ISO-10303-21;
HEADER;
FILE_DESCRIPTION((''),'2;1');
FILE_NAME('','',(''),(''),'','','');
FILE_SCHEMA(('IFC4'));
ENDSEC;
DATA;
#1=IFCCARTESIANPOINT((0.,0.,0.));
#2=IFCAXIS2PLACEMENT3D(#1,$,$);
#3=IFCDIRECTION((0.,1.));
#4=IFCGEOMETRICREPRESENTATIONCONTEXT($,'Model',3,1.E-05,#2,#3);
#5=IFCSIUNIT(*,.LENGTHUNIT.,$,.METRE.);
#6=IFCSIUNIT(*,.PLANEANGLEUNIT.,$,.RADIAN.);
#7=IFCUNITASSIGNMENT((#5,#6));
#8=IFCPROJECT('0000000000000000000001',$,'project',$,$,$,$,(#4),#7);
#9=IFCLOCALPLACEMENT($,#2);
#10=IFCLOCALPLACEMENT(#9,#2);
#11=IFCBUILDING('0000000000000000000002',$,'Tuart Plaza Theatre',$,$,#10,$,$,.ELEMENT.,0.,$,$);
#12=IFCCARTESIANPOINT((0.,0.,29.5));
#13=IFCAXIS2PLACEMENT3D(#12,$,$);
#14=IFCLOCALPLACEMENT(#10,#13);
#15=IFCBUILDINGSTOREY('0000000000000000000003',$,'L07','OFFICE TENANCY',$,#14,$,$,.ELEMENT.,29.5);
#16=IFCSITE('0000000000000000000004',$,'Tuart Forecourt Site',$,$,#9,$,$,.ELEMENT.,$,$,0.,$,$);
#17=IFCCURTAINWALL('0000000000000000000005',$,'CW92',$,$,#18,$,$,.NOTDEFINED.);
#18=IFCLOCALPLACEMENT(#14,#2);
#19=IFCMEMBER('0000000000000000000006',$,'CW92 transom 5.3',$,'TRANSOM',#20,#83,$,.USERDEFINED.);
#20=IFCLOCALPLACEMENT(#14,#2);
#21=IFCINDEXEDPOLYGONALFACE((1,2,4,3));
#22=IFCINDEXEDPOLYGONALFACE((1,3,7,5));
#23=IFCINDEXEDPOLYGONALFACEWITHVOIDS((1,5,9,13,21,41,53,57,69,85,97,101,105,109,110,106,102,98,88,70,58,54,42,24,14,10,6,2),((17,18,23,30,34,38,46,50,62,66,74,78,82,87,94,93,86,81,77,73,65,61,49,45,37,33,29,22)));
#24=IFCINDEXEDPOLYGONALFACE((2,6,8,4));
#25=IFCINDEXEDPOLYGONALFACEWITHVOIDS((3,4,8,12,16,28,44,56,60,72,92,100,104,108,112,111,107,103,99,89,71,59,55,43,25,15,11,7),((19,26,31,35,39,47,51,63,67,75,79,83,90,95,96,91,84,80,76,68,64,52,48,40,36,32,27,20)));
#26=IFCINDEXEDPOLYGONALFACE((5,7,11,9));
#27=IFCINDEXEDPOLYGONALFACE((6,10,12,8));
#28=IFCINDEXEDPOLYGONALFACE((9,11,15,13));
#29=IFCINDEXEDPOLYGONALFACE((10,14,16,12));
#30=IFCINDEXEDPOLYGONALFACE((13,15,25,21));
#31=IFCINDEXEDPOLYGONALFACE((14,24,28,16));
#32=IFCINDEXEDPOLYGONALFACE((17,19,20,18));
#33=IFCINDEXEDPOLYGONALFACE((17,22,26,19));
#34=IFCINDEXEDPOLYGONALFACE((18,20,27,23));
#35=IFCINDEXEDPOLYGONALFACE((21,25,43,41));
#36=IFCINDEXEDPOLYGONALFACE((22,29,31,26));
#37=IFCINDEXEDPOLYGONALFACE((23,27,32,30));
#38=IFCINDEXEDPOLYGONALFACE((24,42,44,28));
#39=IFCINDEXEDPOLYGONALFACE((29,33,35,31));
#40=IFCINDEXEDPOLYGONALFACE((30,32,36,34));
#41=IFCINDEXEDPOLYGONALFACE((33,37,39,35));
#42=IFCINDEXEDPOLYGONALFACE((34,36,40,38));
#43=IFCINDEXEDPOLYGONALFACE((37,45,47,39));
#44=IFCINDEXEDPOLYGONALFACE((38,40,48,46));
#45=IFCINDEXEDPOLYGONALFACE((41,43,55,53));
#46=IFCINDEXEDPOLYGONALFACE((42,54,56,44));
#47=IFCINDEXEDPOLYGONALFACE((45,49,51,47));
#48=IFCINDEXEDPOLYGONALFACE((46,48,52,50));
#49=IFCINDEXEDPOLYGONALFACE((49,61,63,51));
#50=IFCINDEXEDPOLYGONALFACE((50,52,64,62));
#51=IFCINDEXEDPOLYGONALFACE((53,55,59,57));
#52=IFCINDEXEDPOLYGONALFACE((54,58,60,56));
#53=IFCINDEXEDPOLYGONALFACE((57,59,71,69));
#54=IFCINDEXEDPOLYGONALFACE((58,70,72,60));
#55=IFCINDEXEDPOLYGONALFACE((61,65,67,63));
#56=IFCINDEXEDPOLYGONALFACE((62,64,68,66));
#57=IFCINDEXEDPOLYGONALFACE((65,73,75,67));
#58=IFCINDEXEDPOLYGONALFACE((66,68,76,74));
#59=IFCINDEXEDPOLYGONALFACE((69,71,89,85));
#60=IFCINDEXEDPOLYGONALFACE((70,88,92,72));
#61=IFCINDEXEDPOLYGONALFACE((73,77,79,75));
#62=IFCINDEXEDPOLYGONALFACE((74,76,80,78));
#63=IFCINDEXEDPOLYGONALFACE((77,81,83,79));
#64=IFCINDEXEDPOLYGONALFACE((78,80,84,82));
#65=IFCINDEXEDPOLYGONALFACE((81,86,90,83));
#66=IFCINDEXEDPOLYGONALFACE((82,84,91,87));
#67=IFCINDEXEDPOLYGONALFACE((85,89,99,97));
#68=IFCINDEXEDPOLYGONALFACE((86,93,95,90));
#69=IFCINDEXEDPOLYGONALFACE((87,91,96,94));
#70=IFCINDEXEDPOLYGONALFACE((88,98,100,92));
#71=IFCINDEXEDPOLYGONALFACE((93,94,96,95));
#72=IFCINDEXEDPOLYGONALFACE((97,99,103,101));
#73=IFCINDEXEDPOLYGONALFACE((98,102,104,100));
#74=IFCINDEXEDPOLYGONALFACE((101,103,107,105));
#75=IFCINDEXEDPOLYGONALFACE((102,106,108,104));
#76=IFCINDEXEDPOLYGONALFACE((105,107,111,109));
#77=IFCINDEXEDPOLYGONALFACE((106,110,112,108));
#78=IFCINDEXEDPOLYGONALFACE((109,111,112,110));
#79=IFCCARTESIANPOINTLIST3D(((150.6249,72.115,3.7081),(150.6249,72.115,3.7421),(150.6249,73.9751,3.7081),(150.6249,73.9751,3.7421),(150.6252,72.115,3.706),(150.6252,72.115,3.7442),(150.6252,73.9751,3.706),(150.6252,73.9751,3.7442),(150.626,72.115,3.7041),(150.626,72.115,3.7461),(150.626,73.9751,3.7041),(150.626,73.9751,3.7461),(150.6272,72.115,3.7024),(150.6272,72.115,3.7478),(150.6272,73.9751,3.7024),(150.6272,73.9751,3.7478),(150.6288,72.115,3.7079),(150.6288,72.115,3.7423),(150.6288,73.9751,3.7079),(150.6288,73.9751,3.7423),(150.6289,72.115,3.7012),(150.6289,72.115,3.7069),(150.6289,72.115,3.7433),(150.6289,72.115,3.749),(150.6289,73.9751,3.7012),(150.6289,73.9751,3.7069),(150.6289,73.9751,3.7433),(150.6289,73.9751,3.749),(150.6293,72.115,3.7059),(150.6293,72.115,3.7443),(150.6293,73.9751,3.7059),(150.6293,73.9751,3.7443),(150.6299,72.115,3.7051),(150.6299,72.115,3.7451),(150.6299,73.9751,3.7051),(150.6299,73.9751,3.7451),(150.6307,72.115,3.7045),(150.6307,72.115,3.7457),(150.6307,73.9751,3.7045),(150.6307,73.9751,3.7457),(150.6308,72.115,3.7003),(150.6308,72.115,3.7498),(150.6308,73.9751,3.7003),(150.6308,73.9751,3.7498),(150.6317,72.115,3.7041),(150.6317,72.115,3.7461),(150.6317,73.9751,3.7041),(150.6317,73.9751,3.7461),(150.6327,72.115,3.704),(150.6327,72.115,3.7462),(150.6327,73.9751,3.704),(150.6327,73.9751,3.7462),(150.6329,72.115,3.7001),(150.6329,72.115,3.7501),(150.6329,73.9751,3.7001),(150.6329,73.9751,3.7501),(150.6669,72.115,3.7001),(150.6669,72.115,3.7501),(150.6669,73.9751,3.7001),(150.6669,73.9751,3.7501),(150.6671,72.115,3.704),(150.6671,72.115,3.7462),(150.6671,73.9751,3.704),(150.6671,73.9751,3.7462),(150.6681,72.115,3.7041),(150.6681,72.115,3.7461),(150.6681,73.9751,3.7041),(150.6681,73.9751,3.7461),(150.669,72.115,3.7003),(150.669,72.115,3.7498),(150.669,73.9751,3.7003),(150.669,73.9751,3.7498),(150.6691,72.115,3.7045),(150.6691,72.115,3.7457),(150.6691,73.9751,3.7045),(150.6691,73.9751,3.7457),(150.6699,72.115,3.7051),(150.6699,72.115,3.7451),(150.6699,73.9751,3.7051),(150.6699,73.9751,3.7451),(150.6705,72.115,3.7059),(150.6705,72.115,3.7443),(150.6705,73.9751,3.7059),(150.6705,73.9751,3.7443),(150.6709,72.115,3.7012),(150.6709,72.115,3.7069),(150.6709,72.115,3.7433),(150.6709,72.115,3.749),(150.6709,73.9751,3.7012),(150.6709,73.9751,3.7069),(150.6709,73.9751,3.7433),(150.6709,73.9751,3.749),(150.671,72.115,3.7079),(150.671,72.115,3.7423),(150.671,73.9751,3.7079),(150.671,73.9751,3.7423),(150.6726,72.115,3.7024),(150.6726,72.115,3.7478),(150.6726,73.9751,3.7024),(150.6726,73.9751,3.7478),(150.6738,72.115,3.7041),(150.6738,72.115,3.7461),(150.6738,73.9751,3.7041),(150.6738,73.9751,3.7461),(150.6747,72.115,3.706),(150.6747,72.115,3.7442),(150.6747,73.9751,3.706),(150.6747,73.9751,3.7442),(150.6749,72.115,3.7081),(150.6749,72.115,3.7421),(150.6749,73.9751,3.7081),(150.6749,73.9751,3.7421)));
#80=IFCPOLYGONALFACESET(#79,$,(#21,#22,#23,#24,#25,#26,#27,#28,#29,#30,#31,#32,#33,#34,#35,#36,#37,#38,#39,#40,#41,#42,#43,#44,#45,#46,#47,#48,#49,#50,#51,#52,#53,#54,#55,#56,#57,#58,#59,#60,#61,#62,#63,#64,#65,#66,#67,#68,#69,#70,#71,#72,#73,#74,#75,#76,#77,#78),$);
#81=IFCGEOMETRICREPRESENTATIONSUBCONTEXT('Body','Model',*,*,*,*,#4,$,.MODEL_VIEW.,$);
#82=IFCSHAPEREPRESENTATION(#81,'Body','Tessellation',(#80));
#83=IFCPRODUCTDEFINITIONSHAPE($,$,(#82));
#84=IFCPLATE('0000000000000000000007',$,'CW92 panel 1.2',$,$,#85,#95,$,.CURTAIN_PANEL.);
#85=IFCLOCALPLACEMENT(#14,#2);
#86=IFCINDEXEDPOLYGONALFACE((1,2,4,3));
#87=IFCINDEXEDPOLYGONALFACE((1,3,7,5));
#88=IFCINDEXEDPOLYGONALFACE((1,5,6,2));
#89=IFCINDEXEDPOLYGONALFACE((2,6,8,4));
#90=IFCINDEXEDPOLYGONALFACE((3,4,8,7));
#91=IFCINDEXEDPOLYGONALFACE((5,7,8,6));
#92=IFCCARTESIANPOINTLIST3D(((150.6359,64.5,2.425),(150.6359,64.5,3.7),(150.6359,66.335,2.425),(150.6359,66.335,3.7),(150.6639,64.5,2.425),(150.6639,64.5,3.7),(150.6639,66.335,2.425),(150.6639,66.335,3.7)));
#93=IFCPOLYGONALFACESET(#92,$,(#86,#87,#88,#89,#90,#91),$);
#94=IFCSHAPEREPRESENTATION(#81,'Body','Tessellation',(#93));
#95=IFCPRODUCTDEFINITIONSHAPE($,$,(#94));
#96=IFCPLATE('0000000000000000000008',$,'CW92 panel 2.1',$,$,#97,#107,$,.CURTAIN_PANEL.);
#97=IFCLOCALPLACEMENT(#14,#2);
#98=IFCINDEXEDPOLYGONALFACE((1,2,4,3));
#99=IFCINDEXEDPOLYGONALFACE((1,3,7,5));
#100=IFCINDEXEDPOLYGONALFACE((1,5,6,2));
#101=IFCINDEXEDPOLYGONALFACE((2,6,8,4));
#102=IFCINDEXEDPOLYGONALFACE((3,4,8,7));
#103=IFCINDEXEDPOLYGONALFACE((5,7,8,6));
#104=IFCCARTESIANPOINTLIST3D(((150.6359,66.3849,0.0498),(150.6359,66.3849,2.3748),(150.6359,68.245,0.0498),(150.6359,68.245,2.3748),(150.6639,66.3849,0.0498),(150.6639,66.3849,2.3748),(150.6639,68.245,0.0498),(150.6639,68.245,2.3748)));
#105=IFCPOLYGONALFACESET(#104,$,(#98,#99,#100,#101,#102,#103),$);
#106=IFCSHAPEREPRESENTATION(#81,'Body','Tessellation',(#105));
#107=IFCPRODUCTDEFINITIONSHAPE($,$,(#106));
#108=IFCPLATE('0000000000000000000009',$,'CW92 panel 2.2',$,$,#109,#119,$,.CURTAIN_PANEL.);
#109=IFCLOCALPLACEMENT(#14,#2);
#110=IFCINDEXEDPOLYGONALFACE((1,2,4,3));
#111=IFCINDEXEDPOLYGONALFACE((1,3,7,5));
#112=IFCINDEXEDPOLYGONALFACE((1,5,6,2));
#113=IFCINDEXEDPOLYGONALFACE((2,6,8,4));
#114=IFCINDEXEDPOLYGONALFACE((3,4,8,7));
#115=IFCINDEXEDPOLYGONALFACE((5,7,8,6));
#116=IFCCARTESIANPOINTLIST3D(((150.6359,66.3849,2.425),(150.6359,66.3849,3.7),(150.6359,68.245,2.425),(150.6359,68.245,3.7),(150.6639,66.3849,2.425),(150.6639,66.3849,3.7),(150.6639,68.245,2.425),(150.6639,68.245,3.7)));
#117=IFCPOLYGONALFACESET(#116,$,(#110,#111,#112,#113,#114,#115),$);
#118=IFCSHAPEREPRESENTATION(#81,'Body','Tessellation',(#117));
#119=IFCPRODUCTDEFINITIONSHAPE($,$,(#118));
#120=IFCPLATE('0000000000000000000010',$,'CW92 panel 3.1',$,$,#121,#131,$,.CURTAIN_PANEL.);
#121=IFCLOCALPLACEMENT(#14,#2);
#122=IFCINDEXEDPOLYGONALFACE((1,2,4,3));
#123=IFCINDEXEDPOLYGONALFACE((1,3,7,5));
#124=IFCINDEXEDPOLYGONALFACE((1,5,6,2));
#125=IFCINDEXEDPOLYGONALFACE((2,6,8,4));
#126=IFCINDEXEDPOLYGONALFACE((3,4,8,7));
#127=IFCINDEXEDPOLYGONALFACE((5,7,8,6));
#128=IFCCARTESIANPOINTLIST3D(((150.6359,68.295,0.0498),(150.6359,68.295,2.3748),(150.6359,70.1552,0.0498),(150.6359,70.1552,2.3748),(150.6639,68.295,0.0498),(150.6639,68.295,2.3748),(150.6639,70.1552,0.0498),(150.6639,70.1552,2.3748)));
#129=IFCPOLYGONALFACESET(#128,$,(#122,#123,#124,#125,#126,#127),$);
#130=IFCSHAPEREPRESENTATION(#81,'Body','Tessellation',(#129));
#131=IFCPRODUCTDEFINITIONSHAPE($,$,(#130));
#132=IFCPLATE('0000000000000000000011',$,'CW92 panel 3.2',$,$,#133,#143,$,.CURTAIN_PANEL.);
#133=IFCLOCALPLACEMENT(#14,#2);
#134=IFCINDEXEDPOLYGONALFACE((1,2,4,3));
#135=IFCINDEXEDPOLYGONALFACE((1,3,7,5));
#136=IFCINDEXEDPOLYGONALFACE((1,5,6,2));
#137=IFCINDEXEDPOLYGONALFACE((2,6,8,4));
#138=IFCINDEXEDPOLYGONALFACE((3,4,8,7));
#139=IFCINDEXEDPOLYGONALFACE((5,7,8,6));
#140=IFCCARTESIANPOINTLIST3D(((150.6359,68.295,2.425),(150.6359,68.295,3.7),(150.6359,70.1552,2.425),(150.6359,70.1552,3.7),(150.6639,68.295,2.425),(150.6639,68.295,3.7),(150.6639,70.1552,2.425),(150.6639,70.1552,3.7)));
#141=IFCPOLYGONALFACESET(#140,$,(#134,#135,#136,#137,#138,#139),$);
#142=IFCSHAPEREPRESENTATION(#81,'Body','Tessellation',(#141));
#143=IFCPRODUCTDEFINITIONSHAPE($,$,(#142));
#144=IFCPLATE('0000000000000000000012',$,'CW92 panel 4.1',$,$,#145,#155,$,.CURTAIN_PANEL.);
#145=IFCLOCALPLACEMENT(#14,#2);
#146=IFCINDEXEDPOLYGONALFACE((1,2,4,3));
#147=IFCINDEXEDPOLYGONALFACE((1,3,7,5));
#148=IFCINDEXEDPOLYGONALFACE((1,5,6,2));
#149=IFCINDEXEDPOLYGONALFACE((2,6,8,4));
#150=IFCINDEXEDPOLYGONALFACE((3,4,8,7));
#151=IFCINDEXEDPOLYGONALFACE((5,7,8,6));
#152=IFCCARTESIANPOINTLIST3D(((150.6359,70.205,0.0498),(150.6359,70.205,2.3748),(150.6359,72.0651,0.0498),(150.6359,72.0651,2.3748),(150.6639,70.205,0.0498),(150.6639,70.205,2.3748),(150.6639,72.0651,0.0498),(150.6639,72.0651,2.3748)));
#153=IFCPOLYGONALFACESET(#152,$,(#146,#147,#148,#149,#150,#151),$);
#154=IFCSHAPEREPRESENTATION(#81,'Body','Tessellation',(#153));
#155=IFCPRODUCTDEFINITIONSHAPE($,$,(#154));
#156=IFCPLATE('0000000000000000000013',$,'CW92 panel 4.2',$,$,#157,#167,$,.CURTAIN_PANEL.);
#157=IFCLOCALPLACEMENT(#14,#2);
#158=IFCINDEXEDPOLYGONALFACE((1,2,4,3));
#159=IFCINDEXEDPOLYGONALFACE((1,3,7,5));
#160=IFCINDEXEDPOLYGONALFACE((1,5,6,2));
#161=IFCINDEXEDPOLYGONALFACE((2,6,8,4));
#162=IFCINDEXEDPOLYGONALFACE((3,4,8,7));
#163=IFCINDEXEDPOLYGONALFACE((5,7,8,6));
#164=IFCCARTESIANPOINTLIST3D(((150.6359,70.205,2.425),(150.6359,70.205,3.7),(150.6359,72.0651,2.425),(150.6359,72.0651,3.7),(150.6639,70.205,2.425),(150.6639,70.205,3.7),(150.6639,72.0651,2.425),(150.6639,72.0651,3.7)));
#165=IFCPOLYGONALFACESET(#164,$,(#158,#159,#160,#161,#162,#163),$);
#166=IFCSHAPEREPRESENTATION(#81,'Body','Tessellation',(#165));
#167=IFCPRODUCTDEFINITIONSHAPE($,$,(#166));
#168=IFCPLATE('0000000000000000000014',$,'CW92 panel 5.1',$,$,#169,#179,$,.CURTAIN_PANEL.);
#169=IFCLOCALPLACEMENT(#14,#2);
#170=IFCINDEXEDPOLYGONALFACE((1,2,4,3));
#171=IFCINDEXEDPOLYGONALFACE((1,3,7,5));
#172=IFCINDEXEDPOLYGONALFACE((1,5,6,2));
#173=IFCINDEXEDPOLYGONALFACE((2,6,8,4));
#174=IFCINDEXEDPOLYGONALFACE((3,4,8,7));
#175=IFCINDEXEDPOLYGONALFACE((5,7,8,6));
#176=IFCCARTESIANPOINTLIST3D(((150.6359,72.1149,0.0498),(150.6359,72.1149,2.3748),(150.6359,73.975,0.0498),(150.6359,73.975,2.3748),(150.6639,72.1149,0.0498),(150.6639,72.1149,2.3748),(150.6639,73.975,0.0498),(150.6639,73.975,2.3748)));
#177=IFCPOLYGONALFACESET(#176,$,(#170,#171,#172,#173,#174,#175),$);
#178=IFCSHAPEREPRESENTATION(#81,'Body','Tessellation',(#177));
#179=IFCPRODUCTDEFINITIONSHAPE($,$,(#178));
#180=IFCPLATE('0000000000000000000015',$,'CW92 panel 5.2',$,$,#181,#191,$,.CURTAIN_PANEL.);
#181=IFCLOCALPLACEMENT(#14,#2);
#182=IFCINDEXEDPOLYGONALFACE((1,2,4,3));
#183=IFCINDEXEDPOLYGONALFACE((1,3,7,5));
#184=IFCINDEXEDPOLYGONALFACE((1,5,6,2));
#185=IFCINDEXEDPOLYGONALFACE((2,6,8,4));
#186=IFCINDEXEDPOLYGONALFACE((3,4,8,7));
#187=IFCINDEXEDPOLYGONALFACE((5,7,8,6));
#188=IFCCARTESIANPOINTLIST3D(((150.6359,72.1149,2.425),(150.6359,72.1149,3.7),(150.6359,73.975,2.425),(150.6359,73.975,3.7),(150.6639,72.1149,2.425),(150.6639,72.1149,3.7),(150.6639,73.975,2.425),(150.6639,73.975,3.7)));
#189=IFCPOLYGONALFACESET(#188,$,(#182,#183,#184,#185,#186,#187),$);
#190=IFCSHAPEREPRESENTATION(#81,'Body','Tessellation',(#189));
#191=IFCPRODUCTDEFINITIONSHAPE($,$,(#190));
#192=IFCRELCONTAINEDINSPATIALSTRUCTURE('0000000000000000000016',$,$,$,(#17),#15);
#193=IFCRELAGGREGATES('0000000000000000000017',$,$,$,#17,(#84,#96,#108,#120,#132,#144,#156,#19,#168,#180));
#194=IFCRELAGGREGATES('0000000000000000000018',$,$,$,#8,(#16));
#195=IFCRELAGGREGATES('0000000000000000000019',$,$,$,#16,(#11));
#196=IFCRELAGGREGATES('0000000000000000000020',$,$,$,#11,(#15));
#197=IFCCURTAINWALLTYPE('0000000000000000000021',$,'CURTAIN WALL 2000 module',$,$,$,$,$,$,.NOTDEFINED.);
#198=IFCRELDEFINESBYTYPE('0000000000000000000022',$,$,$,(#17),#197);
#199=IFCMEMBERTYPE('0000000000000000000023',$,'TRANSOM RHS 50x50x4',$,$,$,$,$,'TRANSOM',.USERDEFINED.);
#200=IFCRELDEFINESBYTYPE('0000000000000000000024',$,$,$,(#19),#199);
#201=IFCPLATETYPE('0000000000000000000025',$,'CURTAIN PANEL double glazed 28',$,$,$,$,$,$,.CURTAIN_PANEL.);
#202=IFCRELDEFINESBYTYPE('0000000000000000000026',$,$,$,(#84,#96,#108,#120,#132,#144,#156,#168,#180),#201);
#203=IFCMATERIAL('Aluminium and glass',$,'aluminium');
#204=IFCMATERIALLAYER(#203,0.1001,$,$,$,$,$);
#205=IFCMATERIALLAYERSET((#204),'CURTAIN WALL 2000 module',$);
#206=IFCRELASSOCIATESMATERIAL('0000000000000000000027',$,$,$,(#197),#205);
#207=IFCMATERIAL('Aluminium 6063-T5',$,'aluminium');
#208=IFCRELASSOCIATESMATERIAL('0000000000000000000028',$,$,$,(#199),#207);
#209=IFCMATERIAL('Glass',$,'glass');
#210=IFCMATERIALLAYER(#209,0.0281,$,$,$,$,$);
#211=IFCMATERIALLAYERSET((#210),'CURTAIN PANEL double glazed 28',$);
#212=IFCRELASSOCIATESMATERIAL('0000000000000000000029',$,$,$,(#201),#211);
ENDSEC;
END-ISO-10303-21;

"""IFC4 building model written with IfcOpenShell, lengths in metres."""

from ifc_helpers import new_model, si_unit, direction, frame, origin, origin_2d, place, context, subcontext, project, spatial, rectangle, hollow_rectangle, extrude, material, layer, layer_set, material_profile, profile_set, type_object, element, aggregate, save


model = new_model("IFC4")

# Units and contexts
model_context = context("Model", 3, precision=1e-05, world=origin(), true_north=direction((0.0, 1.0)))
body_context = subcontext(model_context, "Body", "Model", "MODEL_VIEW")
ifc_project = project(units=[si_unit("LENGTHUNIT", "METRE"), si_unit("PLANEANGLEUNIT", "RADIAN")], contexts=[model_context])

# Site, building, storey
site_placement = place(None, origin())
site = spatial("IfcSite", under=ifc_project, at=site_placement, Name="Tuart Forecourt Site", CompositionType="ELEMENT", RefElevation=0.0)
building_placement = place(site_placement, origin())
building = spatial("IfcBuilding", under=site, at=building_placement, Name="Tuart Plaza Theatre", CompositionType="ELEMENT", ElevationOfRefHeight=0.0)
storey_placement = place(building_placement, frame((0.0, 0.0, 29.5)))
storey = spatial("IfcBuildingStorey", under=building, at=storey_placement, Name="L07", Description="OFFICE TENANCY", CompositionType="ELEMENT", Elevation=29.5)

# Shared definitions
ifc_material_1 = material(Name="Aluminium and glass", Category="aluminium")
ifc_layer_1 = layer(ifc_material_1, 0.1001)
ifc_layer_set_1 = layer_set([ifc_layer_1], Name="CURTAIN WALL 2000 module")
curtain_wall_type = type_object("IfcCurtainWallType", Name="CURTAIN WALL 2000 module", PredefinedType="NOTDEFINED", material=ifc_layer_set_1)

# Curtain wall, member, plates
curtain_wall_1_placement = place(storey_placement, origin())
curtain_wall_1 = element("IfcCurtainWall", 1, at=curtain_wall_1_placement, inside=storey, type_object=curtain_wall_type, Name="CW92", PredefinedType="NOTDEFINED")
ifc_material_2 = material(Name="Aluminium 6063-T5", Category="aluminium")
ifc_material_profile_1 = material_profile(ifc_material_2, hollow_rectangle(XDim=0.05, YDim=0.05, WallThickness=0.0039, InnerFilletRadius=0.0039, OuterFilletRadius=0.0081, at=origin_2d()), Name="RHS 50x50x4")
ifc_profile_set_1 = profile_set([ifc_material_profile_1], Name="Aluminium 6063-T5")
member_type_1 = type_object("IfcMemberType", Name="TRANSOM RHS 50x50x4", ElementType="TRANSOM", PredefinedType="USERDEFINED", material=ifc_profile_set_1)
member_1_placement = place(storey_placement, frame((150.6499, 72.115, 3.7251), z_axis=(0.0, 1.0, 0.0), x_axis=(-1.0, 0.0, 0.0)))
member_1 = element("IfcMember", 2, at=member_1_placement, type_object=member_type_1, Name="CW92 transom 5.3", ObjectType="TRANSOM", PredefinedType="USERDEFINED", context=body_context, shape_type="SweptSolid", body=[
    extrude(hollow_rectangle(XDim=0.05, YDim=0.05, WallThickness=0.0039, InnerFilletRadius=0.0039, OuterFilletRadius=0.0081, at=origin_2d()), origin(), (0.0, 0.0, 1.0), 1.8601),
])
ifc_material_3 = material(Name="Glass", Category="glass")
ifc_layer_2 = layer(ifc_material_3, 0.0281)
ifc_layer_set_2 = layer_set([ifc_layer_2], Name="CURTAIN PANEL double glazed 28")
plate_type = type_object("IfcPlateType", Name="CURTAIN PANEL double glazed 28", PredefinedType="CURTAIN_PANEL", material=ifc_layer_set_2)
plate_1_placement = place(storey_placement, frame((150.6499, 65.4175, 2.425), z_axis=(0.0, 0.0, 1.0), x_axis=(0.0, 1.0, 0.0)))
plate_1 = element("IfcPlate", 3, at=plate_1_placement, type_object=plate_type, Name="CW92 panel 1.2", PredefinedType="CURTAIN_PANEL", context=body_context, shape_type="SweptSolid", body=[
    extrude(rectangle(XDim=1.835, YDim=0.0281, at=origin_2d()), origin(), (0.0, 0.0, 1.0), 1.2749),
])
plate_2_placement = place(storey_placement, frame((150.6499, 67.3149, 0.0498), z_axis=(0.0, 0.0, 1.0), x_axis=(0.0, 1.0, 0.0)))
plate_2 = element("IfcPlate", 4, at=plate_2_placement, type_object=plate_type, Name="CW92 panel 2.1", PredefinedType="CURTAIN_PANEL", context=body_context, shape_type="SweptSolid", body=[
    extrude(rectangle(XDim=1.8601, YDim=0.0281, at=origin_2d()), origin(), (0.0, 0.0, 1.0), 2.325),
])
plate_3_placement = place(storey_placement, frame((150.6499, 67.3149, 2.425), z_axis=(0.0, 0.0, 1.0), x_axis=(0.0, 1.0, 0.0)))
plate_3 = element("IfcPlate", 5, at=plate_3_placement, type_object=plate_type, Name="CW92 panel 2.2", PredefinedType="CURTAIN_PANEL", context=body_context, shape_type="SweptSolid", body=[
    extrude(rectangle(XDim=1.8601, YDim=0.0281, at=origin_2d()), origin(), (0.0, 0.0, 1.0), 1.2749),
])
plate_4_placement = place(storey_placement, frame((150.6499, 69.2251, 0.0498), z_axis=(0.0, 0.0, 1.0), x_axis=(0.0, 1.0, 0.0)))
plate_4 = element("IfcPlate", 6, at=plate_4_placement, type_object=plate_type, Name="CW92 panel 3.1", PredefinedType="CURTAIN_PANEL", context=body_context, shape_type="SweptSolid", body=[
    extrude(rectangle(XDim=1.8601, YDim=0.0281, at=origin_2d()), origin(), (0.0, 0.0, 1.0), 2.325),
])
plate_5_placement = place(storey_placement, frame((150.6499, 69.2251, 2.425), z_axis=(0.0, 0.0, 1.0), x_axis=(0.0, 1.0, 0.0)))
plate_5 = element("IfcPlate", 7, at=plate_5_placement, type_object=plate_type, Name="CW92 panel 3.2", PredefinedType="CURTAIN_PANEL", context=body_context, shape_type="SweptSolid", body=[
    extrude(rectangle(XDim=1.8601, YDim=0.0281, at=origin_2d()), origin(), (0.0, 0.0, 1.0), 1.2749),
])
plate_6_placement = place(storey_placement, frame((150.6499, 71.135, 0.0498), z_axis=(0.0, 0.0, 1.0), x_axis=(0.0, 1.0, 0.0)))
plate_6 = element("IfcPlate", 8, at=plate_6_placement, type_object=plate_type, Name="CW92 panel 4.1", PredefinedType="CURTAIN_PANEL", context=body_context, shape_type="SweptSolid", body=[
    extrude(rectangle(XDim=1.8601, YDim=0.0281, at=origin_2d()), origin(), (0.0, 0.0, 1.0), 2.325),
])
plate_7_placement = place(storey_placement, frame((150.6499, 71.135, 2.425), z_axis=(0.0, 0.0, 1.0), x_axis=(0.0, 1.0, 0.0)))
plate_7 = element("IfcPlate", 9, at=plate_7_placement, type_object=plate_type, Name="CW92 panel 4.2", PredefinedType="CURTAIN_PANEL", context=body_context, shape_type="SweptSolid", body=[
    extrude(rectangle(XDim=1.8601, YDim=0.0281, at=origin_2d()), origin(), (0.0, 0.0, 1.0), 1.2749),
])
plate_8_placement = place(storey_placement, frame((150.6499, 73.0449, 0.0498), z_axis=(0.0, 0.0, 1.0), x_axis=(0.0, 1.0, 0.0)))
plate_8 = element("IfcPlate", 10, at=plate_8_placement, type_object=plate_type, Name="CW92 panel 5.1", PredefinedType="CURTAIN_PANEL", context=body_context, shape_type="SweptSolid", body=[
    extrude(rectangle(XDim=1.8601, YDim=0.0281, at=origin_2d()), origin(), (0.0, 0.0, 1.0), 2.325),
])
plate_9_placement = place(storey_placement, frame((150.6499, 73.0449, 2.425), z_axis=(0.0, 0.0, 1.0), x_axis=(0.0, 1.0, 0.0)))
plate_9 = element("IfcPlate", 11, at=plate_9_placement, type_object=plate_type, Name="CW92 panel 5.2", PredefinedType="CURTAIN_PANEL", context=body_context, shape_type="SweptSolid", body=[
    extrude(rectangle(XDim=1.8601, YDim=0.0281, at=origin_2d()), origin(), (0.0, 0.0, 1.0), 1.2749),
])
aggregate(curtain_wall_1, [plate_1, plate_2, plate_3, plate_4, plate_5, plate_6, plate_7, member_1, plate_8, plate_9])

save(model, "model.ifc")
